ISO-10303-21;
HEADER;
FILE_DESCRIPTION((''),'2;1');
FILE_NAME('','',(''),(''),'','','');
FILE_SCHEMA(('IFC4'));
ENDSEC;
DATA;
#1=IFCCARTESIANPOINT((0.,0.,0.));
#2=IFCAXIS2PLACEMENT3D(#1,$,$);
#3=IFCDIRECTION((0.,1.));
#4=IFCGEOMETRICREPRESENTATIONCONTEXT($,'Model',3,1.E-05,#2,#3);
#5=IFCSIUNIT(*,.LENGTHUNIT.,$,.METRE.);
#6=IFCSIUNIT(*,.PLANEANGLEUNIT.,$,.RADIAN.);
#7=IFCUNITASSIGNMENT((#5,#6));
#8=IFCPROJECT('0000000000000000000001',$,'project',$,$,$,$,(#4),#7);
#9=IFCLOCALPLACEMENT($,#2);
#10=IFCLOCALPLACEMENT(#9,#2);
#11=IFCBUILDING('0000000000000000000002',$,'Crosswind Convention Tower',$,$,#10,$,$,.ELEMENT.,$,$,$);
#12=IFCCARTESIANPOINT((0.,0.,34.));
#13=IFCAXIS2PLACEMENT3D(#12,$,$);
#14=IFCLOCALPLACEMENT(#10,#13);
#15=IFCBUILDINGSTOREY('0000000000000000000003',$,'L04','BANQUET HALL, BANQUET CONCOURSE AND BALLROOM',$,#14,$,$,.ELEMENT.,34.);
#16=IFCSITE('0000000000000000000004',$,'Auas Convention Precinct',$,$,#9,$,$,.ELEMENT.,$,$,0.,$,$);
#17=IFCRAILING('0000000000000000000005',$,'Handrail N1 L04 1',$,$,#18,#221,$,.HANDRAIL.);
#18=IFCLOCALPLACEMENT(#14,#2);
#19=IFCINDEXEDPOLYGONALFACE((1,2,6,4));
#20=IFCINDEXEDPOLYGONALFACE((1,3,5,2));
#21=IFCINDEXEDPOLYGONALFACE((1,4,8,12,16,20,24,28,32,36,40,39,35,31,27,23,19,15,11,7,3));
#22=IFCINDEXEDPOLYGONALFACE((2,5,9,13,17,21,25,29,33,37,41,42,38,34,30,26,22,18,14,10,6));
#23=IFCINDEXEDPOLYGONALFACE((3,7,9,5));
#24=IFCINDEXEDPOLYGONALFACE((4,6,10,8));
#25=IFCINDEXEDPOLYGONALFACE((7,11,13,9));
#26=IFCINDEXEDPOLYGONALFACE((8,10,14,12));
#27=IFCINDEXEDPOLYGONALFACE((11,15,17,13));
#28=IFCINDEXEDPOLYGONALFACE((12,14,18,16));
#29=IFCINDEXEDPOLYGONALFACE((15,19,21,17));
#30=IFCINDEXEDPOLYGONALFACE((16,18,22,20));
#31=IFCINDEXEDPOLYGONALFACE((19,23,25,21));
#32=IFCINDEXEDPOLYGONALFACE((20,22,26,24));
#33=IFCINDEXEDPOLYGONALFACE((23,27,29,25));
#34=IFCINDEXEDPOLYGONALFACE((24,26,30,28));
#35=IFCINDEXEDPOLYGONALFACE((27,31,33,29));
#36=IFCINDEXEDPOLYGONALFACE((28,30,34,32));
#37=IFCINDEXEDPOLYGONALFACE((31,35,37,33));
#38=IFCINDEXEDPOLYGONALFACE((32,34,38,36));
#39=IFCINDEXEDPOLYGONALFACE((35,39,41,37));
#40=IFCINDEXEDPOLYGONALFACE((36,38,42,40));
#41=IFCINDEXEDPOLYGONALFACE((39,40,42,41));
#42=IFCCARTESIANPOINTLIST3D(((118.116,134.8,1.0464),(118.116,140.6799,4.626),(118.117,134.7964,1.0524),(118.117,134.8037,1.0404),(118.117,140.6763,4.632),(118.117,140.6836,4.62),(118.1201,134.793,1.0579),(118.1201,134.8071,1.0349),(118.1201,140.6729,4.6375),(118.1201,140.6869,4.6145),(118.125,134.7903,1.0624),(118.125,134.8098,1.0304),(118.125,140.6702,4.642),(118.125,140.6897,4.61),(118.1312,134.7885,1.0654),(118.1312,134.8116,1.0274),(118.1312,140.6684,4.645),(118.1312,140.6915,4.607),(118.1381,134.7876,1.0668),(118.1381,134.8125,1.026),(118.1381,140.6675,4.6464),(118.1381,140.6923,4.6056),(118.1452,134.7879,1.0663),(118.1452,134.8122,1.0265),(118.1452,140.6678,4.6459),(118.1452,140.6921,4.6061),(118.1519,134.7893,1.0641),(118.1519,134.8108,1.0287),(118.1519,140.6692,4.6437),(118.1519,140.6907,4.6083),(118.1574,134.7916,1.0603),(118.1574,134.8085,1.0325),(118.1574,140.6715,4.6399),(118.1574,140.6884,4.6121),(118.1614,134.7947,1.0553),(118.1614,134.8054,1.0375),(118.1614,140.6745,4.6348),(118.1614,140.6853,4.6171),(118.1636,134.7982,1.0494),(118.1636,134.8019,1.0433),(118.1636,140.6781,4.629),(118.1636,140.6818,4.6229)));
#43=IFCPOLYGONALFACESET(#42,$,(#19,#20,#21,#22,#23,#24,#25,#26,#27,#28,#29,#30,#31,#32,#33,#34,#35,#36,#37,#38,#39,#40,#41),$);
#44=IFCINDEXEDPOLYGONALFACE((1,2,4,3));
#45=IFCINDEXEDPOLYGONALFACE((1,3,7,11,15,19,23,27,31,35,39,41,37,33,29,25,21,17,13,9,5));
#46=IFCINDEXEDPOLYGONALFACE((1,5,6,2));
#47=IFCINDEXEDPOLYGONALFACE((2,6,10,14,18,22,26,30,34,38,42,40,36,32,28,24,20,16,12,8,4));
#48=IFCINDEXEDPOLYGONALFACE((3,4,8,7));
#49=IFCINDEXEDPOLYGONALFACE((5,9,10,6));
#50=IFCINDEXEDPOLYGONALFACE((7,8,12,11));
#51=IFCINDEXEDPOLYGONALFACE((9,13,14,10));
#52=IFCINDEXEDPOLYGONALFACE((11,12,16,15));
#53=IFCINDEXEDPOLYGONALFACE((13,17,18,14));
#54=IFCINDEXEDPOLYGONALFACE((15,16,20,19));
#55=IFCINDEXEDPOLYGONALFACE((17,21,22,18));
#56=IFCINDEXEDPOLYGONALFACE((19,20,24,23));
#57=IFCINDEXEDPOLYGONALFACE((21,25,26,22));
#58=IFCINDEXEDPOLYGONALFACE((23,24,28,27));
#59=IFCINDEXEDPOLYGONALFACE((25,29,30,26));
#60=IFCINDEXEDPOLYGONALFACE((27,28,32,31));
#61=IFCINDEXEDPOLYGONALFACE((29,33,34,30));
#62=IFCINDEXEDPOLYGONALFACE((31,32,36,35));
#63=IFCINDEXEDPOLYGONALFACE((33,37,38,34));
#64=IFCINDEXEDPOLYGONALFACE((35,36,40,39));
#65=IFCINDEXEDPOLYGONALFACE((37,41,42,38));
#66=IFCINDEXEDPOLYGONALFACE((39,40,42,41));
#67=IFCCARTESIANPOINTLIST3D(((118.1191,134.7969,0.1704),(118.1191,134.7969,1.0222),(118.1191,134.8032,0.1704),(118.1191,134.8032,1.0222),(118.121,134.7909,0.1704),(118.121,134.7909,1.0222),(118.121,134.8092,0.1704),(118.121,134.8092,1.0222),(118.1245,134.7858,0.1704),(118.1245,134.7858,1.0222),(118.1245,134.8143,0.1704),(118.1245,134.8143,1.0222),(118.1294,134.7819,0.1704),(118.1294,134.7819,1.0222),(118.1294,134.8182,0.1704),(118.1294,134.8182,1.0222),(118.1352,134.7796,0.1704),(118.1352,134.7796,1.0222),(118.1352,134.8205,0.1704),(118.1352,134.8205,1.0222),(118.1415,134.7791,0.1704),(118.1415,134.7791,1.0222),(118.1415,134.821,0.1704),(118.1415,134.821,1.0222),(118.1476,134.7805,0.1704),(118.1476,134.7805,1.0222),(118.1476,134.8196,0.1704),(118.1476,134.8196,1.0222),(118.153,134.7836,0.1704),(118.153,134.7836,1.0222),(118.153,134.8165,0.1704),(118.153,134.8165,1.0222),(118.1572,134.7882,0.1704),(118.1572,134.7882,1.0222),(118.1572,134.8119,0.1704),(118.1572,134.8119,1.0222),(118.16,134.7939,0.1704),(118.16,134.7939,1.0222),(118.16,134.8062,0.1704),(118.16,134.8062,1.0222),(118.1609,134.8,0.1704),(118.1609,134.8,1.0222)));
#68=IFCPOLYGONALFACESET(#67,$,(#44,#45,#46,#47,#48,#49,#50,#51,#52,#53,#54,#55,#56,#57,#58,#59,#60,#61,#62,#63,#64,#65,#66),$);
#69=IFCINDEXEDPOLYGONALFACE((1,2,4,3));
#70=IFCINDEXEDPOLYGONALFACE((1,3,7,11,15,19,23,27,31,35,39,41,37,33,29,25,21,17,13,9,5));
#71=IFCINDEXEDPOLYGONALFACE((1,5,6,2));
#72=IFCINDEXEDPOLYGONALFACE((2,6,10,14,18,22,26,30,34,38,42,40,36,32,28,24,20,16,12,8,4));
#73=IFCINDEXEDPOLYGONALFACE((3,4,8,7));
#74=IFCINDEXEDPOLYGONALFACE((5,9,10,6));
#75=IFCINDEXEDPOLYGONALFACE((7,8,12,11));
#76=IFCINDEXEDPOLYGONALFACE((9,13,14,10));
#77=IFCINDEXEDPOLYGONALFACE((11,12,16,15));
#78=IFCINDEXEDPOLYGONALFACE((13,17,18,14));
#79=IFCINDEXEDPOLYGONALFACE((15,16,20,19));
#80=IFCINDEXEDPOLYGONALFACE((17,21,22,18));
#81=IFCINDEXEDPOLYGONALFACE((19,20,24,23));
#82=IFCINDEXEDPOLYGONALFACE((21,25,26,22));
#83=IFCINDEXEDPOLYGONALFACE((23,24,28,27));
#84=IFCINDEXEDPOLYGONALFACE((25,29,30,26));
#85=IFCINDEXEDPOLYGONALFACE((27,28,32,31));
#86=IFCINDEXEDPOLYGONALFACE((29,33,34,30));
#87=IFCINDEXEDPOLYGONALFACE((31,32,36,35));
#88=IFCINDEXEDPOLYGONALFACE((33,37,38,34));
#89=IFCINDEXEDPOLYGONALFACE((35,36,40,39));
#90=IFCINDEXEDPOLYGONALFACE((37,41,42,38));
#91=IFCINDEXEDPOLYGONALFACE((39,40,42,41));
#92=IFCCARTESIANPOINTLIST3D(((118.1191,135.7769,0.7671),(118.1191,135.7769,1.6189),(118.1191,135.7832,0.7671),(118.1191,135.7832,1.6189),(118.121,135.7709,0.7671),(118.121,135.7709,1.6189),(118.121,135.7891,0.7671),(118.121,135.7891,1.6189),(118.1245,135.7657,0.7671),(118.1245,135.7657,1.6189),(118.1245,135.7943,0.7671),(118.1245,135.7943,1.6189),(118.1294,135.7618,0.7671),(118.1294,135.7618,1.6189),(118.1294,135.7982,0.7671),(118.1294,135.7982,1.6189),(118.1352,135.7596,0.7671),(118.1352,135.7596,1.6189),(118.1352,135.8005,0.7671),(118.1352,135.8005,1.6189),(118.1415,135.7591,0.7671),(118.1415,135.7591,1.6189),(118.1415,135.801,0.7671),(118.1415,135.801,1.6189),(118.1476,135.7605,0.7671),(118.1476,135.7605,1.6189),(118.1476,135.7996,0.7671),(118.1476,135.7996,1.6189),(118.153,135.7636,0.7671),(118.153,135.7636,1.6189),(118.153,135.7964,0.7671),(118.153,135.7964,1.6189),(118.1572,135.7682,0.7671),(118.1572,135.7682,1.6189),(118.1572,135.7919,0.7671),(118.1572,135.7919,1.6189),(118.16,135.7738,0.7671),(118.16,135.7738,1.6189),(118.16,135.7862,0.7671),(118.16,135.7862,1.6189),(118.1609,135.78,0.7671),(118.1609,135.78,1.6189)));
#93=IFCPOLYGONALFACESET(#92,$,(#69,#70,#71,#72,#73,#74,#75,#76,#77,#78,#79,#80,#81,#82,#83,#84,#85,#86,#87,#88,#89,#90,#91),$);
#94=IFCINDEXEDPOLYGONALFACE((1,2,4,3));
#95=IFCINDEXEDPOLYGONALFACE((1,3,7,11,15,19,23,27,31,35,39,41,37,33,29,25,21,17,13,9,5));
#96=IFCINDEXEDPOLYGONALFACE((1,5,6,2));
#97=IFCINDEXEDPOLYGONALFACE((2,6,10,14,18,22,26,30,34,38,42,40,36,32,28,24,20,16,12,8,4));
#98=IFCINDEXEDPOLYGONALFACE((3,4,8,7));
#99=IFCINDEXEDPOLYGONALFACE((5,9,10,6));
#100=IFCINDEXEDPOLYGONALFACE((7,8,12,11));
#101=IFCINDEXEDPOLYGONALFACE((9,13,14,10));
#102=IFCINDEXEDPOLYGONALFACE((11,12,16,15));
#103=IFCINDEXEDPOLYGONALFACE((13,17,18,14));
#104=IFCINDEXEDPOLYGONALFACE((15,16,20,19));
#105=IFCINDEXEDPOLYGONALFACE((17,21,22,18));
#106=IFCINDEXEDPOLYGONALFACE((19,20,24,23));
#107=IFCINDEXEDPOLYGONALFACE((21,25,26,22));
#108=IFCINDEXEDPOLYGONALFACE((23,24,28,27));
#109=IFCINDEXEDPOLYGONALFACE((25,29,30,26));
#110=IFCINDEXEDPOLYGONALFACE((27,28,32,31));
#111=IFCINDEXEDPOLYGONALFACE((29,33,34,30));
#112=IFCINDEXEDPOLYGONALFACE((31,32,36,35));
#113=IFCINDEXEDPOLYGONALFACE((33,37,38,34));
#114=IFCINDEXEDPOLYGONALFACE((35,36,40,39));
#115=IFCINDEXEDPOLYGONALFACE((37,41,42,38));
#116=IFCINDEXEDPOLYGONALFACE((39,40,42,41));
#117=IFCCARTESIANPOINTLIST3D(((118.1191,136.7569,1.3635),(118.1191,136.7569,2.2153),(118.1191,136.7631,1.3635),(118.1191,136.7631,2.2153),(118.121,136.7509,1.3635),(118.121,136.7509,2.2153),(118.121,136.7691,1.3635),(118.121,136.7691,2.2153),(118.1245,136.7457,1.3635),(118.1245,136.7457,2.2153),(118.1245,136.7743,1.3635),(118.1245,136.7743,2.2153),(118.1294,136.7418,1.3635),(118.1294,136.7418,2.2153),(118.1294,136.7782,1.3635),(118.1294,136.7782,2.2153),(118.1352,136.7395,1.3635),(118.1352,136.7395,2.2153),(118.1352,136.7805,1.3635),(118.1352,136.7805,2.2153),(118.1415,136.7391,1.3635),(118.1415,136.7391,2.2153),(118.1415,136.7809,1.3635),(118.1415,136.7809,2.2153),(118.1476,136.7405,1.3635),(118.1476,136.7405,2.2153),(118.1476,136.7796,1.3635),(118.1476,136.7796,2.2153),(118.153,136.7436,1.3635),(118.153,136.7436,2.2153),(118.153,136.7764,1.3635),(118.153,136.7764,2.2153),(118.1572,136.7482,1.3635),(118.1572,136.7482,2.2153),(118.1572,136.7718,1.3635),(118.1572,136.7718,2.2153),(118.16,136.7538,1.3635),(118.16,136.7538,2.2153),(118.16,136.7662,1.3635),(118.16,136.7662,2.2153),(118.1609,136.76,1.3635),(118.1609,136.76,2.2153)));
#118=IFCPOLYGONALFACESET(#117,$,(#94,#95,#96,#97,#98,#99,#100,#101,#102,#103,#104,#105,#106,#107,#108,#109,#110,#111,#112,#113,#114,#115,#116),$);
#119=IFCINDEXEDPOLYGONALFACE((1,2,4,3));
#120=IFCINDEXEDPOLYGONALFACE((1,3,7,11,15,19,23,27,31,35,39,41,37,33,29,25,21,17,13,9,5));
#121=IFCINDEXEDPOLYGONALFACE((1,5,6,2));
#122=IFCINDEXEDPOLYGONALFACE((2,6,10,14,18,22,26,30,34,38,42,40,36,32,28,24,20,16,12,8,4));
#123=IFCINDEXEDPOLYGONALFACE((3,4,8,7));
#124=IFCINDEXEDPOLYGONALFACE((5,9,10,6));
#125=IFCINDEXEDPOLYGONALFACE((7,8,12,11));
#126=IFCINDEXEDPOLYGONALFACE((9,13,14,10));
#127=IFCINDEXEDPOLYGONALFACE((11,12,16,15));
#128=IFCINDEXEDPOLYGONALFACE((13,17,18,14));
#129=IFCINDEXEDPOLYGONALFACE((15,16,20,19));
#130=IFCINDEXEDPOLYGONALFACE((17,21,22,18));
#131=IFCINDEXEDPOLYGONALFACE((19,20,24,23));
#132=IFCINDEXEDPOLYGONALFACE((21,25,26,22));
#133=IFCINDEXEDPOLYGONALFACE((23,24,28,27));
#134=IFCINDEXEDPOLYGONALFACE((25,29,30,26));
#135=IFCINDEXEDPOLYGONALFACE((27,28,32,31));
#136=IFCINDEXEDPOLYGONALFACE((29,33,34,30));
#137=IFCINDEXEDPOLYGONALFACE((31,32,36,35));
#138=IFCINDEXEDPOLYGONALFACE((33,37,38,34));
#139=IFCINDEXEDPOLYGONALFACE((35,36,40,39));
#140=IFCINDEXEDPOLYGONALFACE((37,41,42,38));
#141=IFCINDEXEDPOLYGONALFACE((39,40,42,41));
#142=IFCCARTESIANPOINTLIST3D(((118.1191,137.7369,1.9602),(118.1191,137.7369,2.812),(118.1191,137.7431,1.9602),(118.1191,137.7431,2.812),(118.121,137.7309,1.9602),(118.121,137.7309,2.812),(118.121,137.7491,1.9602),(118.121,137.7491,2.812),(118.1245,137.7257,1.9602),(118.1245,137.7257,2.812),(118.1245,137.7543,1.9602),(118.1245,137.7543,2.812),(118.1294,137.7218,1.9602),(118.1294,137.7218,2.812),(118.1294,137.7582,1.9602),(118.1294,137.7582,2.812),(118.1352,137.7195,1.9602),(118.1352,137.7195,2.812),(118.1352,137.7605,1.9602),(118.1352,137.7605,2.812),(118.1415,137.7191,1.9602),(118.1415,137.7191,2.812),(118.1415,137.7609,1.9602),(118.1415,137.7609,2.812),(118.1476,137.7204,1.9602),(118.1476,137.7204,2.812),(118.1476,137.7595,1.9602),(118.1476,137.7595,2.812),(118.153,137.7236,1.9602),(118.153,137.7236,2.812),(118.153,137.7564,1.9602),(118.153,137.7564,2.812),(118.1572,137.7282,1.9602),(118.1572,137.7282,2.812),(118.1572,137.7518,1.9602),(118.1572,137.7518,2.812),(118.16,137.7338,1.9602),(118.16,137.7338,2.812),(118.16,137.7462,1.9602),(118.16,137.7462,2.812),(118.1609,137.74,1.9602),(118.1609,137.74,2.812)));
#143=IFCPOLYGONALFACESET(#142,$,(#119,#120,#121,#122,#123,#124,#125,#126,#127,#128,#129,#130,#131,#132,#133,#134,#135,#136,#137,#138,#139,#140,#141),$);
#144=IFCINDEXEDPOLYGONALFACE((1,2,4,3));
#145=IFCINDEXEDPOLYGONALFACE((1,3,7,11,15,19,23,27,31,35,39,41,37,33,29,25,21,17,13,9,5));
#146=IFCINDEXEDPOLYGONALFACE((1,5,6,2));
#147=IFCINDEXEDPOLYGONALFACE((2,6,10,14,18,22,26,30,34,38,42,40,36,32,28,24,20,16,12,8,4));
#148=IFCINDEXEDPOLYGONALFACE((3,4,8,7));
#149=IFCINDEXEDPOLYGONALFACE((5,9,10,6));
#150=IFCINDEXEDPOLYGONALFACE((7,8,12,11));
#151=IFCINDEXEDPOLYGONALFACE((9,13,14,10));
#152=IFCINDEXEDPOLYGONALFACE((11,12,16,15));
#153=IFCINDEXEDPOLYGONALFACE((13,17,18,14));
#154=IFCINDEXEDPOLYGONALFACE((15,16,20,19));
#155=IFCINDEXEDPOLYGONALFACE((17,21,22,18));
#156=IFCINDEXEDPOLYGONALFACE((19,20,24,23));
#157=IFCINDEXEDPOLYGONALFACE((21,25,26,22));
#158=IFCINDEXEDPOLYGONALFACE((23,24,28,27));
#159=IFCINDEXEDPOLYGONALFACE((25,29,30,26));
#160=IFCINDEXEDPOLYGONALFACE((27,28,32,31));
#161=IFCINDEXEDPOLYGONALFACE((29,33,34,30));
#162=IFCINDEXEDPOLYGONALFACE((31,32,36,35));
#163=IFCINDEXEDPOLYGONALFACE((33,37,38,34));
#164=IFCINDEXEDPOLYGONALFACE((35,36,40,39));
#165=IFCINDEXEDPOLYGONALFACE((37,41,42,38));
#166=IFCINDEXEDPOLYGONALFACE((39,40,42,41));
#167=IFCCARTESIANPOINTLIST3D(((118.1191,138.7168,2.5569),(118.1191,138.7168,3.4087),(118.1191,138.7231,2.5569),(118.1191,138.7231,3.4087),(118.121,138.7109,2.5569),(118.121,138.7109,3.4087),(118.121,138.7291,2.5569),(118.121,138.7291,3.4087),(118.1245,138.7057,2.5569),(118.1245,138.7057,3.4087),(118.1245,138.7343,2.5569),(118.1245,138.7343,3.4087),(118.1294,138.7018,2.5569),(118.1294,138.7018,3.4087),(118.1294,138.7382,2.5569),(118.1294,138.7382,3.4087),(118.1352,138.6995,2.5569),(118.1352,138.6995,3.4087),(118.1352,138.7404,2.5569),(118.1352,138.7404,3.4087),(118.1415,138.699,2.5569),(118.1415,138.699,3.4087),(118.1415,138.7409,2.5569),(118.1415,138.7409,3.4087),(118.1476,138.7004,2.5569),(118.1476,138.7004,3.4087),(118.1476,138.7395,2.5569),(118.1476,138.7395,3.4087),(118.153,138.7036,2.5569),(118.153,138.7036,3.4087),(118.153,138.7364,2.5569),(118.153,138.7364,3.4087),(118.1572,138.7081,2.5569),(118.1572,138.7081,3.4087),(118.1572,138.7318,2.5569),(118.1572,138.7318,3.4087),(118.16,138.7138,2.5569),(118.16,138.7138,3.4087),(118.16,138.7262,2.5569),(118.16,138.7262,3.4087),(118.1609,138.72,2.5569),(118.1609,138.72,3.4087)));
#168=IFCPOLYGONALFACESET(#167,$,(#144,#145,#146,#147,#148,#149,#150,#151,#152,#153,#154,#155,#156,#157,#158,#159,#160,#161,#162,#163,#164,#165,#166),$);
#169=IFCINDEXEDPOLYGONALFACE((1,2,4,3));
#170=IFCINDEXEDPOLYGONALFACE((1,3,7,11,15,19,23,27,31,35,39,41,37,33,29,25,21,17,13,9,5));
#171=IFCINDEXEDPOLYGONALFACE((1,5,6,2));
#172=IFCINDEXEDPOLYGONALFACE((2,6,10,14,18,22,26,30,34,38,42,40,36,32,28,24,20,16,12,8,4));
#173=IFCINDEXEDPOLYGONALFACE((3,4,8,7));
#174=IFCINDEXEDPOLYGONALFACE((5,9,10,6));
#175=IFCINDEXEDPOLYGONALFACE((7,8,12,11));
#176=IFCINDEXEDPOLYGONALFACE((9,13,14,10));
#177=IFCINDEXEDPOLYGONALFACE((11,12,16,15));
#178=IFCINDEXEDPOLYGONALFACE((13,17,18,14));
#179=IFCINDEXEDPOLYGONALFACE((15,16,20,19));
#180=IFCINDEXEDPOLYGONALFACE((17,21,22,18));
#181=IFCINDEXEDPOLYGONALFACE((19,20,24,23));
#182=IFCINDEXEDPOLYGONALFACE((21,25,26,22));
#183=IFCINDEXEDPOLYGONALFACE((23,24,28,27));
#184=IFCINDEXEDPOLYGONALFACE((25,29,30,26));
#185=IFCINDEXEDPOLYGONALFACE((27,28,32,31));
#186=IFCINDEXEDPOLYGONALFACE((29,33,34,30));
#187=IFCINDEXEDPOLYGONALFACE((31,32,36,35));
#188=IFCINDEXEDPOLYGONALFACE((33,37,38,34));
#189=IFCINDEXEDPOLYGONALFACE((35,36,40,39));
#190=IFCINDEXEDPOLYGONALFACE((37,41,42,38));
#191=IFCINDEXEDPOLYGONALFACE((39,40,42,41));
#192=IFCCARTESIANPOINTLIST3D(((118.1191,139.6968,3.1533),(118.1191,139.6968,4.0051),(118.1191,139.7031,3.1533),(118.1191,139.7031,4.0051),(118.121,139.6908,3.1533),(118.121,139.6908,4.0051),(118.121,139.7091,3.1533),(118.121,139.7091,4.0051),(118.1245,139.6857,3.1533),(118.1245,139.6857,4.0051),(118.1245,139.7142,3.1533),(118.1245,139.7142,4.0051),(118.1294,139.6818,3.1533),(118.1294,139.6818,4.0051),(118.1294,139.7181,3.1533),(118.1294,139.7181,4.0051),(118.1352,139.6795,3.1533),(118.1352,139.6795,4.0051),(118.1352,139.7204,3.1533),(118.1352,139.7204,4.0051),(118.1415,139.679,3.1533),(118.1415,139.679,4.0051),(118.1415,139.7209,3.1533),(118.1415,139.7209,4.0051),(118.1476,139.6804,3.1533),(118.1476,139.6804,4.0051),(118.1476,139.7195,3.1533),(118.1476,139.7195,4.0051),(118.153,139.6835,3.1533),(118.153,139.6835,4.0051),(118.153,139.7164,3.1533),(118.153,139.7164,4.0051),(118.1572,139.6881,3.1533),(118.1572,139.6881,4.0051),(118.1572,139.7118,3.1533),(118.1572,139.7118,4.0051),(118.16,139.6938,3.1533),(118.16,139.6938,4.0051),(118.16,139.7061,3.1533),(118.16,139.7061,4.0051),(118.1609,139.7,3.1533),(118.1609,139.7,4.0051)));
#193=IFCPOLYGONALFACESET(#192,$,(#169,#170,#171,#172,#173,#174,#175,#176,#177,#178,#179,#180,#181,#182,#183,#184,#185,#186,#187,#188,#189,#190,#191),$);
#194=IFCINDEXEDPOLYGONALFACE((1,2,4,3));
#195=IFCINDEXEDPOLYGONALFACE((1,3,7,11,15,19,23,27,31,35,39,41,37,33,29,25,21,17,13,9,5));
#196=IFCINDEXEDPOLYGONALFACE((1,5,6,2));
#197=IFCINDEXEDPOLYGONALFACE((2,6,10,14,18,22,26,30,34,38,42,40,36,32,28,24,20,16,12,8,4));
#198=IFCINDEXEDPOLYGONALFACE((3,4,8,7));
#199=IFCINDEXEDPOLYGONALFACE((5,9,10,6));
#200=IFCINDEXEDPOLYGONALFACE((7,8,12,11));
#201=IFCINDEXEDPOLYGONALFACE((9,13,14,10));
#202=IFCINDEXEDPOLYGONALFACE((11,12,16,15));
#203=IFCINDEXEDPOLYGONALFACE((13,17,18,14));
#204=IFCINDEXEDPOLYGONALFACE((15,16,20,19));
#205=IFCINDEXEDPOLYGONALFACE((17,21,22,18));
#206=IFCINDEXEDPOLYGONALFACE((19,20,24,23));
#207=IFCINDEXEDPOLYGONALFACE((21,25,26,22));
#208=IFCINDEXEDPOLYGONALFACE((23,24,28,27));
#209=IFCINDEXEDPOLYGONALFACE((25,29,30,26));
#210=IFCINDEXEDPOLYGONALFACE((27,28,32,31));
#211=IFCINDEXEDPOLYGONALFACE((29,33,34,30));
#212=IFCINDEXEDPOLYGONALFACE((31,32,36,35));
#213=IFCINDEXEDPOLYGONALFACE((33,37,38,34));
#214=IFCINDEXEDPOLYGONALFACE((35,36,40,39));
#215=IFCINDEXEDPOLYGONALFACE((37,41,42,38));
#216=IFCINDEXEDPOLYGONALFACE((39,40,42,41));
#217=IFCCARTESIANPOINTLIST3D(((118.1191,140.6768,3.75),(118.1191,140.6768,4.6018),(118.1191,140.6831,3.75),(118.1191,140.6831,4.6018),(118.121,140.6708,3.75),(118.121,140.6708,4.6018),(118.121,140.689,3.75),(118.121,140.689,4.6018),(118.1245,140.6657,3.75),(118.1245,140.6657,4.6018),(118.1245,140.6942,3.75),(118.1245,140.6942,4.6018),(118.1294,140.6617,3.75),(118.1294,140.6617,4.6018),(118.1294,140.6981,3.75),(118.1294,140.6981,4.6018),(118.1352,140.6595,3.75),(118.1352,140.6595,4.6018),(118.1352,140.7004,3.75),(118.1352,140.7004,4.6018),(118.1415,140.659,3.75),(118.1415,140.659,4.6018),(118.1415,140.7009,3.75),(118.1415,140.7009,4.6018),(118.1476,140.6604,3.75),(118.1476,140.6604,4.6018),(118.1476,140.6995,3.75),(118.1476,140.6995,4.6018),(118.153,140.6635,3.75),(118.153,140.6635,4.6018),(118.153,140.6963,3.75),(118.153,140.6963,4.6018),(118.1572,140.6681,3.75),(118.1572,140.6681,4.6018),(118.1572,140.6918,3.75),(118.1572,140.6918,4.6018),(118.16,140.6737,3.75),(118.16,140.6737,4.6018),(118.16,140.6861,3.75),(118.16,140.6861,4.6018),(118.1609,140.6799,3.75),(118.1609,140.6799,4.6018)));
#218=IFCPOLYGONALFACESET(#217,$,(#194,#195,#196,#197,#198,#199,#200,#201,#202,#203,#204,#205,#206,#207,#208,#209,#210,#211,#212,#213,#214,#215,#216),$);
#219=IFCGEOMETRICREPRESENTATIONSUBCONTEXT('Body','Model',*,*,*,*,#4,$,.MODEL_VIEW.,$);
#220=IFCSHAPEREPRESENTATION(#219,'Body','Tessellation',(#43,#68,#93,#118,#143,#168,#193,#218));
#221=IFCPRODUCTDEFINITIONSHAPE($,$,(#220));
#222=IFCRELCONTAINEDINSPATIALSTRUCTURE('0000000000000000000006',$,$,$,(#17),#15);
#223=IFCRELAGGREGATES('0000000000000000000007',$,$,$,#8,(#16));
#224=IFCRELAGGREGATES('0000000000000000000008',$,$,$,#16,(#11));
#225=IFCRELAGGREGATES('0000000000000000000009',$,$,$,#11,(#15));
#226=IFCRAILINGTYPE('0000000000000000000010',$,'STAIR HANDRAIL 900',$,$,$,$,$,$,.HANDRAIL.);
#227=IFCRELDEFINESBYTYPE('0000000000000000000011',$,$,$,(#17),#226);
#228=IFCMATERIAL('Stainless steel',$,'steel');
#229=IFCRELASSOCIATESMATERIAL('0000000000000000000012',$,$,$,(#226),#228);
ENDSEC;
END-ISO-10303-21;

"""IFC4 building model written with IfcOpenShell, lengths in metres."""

from ifc_helpers import new_model, si_unit, direction, frame, origin, origin_2d, place, context, subcontext, project, spatial, circle, extrude, material, type_object, element, save


model = new_model("IFC4")

# Units and contexts
model_context = context("Model", 3, precision=1e-05, world=origin(), true_north=direction((0.0, 1.0)))
body_context = subcontext(model_context, "Body", "Model", "MODEL_VIEW")
ifc_project = project(units=[si_unit("LENGTHUNIT", "METRE"), si_unit("PLANEANGLEUNIT", "RADIAN")], contexts=[model_context])

# Site, building, storey
site_placement = place(None, origin())
site = spatial("IfcSite", under=ifc_project, at=site_placement, Name="Auas Convention Precinct", CompositionType="ELEMENT", RefElevation=0.0)
building_placement = place(site_placement, origin())
building = spatial("IfcBuilding", under=site, at=building_placement, Name="Crosswind Convention Tower", CompositionType="ELEMENT")
storey_placement = place(building_placement, frame((0.0, 0.0, 34.0)))
storey = spatial("IfcBuildingStorey", under=building, at=storey_placement, Name="L04", Description="BANQUET HALL, BANQUET CONCOURSE AND BALLROOM", CompositionType="ELEMENT", Elevation=34.0)

# Railing
ifc_material_1 = material(Name="Stainless steel", Category="steel")
railing_type_1 = type_object("IfcRailingType", Name="STAIR HANDRAIL 900", PredefinedType="HANDRAIL", material=ifc_material_1)
railing_1_placement = place(storey_placement, frame((118.1399, 134.8, 0.1704)))
element("IfcRailing", 1, at=railing_1_placement, inside=storey, type_object=railing_type_1, Name="Handrail N1 L04 1", PredefinedType="HANDRAIL", context=body_context, shape_type="SweptSolid", body=[
    extrude(circle(Radius=0.0239, at=origin_2d()), frame((0.0, 0.0, 0.876), z_axis=(0.0, 0.854164, 0.520003), x_axis=(-1.0, 0.0, 0.0)), (0.0, 0.0, 1.0), 6.8838),
    extrude(circle(Radius=0.021, at=origin_2d()), origin(), (0.0, 0.0, 1.0), 0.8518),
    extrude(circle(Radius=0.021, at=origin_2d()), frame((0.0, 0.98, 0.5967)), (0.0, 0.0, 1.0), 0.8518),
    extrude(circle(Radius=0.021, at=origin_2d()), frame((0.0, 1.96, 1.1931)), (0.0, 0.0, 1.0), 0.8518),
    extrude(circle(Radius=0.021, at=origin_2d()), frame((0.0, 2.9399, 1.7898)), (0.0, 0.0, 1.0), 0.8518),
    extrude(circle(Radius=0.021, at=origin_2d()), frame((0.0, 3.9199, 2.3865)), (0.0, 0.0, 1.0), 0.8518),
    extrude(circle(Radius=0.021, at=origin_2d()), frame((0.0, 4.8999, 2.9829)), (0.0, 0.0, 1.0), 0.8518),
    extrude(circle(Radius=0.021, at=origin_2d()), frame((0.0, 5.8799, 3.5796)), (0.0, 0.0, 1.0), 0.8518),
])

save(model, "model.ifc")
